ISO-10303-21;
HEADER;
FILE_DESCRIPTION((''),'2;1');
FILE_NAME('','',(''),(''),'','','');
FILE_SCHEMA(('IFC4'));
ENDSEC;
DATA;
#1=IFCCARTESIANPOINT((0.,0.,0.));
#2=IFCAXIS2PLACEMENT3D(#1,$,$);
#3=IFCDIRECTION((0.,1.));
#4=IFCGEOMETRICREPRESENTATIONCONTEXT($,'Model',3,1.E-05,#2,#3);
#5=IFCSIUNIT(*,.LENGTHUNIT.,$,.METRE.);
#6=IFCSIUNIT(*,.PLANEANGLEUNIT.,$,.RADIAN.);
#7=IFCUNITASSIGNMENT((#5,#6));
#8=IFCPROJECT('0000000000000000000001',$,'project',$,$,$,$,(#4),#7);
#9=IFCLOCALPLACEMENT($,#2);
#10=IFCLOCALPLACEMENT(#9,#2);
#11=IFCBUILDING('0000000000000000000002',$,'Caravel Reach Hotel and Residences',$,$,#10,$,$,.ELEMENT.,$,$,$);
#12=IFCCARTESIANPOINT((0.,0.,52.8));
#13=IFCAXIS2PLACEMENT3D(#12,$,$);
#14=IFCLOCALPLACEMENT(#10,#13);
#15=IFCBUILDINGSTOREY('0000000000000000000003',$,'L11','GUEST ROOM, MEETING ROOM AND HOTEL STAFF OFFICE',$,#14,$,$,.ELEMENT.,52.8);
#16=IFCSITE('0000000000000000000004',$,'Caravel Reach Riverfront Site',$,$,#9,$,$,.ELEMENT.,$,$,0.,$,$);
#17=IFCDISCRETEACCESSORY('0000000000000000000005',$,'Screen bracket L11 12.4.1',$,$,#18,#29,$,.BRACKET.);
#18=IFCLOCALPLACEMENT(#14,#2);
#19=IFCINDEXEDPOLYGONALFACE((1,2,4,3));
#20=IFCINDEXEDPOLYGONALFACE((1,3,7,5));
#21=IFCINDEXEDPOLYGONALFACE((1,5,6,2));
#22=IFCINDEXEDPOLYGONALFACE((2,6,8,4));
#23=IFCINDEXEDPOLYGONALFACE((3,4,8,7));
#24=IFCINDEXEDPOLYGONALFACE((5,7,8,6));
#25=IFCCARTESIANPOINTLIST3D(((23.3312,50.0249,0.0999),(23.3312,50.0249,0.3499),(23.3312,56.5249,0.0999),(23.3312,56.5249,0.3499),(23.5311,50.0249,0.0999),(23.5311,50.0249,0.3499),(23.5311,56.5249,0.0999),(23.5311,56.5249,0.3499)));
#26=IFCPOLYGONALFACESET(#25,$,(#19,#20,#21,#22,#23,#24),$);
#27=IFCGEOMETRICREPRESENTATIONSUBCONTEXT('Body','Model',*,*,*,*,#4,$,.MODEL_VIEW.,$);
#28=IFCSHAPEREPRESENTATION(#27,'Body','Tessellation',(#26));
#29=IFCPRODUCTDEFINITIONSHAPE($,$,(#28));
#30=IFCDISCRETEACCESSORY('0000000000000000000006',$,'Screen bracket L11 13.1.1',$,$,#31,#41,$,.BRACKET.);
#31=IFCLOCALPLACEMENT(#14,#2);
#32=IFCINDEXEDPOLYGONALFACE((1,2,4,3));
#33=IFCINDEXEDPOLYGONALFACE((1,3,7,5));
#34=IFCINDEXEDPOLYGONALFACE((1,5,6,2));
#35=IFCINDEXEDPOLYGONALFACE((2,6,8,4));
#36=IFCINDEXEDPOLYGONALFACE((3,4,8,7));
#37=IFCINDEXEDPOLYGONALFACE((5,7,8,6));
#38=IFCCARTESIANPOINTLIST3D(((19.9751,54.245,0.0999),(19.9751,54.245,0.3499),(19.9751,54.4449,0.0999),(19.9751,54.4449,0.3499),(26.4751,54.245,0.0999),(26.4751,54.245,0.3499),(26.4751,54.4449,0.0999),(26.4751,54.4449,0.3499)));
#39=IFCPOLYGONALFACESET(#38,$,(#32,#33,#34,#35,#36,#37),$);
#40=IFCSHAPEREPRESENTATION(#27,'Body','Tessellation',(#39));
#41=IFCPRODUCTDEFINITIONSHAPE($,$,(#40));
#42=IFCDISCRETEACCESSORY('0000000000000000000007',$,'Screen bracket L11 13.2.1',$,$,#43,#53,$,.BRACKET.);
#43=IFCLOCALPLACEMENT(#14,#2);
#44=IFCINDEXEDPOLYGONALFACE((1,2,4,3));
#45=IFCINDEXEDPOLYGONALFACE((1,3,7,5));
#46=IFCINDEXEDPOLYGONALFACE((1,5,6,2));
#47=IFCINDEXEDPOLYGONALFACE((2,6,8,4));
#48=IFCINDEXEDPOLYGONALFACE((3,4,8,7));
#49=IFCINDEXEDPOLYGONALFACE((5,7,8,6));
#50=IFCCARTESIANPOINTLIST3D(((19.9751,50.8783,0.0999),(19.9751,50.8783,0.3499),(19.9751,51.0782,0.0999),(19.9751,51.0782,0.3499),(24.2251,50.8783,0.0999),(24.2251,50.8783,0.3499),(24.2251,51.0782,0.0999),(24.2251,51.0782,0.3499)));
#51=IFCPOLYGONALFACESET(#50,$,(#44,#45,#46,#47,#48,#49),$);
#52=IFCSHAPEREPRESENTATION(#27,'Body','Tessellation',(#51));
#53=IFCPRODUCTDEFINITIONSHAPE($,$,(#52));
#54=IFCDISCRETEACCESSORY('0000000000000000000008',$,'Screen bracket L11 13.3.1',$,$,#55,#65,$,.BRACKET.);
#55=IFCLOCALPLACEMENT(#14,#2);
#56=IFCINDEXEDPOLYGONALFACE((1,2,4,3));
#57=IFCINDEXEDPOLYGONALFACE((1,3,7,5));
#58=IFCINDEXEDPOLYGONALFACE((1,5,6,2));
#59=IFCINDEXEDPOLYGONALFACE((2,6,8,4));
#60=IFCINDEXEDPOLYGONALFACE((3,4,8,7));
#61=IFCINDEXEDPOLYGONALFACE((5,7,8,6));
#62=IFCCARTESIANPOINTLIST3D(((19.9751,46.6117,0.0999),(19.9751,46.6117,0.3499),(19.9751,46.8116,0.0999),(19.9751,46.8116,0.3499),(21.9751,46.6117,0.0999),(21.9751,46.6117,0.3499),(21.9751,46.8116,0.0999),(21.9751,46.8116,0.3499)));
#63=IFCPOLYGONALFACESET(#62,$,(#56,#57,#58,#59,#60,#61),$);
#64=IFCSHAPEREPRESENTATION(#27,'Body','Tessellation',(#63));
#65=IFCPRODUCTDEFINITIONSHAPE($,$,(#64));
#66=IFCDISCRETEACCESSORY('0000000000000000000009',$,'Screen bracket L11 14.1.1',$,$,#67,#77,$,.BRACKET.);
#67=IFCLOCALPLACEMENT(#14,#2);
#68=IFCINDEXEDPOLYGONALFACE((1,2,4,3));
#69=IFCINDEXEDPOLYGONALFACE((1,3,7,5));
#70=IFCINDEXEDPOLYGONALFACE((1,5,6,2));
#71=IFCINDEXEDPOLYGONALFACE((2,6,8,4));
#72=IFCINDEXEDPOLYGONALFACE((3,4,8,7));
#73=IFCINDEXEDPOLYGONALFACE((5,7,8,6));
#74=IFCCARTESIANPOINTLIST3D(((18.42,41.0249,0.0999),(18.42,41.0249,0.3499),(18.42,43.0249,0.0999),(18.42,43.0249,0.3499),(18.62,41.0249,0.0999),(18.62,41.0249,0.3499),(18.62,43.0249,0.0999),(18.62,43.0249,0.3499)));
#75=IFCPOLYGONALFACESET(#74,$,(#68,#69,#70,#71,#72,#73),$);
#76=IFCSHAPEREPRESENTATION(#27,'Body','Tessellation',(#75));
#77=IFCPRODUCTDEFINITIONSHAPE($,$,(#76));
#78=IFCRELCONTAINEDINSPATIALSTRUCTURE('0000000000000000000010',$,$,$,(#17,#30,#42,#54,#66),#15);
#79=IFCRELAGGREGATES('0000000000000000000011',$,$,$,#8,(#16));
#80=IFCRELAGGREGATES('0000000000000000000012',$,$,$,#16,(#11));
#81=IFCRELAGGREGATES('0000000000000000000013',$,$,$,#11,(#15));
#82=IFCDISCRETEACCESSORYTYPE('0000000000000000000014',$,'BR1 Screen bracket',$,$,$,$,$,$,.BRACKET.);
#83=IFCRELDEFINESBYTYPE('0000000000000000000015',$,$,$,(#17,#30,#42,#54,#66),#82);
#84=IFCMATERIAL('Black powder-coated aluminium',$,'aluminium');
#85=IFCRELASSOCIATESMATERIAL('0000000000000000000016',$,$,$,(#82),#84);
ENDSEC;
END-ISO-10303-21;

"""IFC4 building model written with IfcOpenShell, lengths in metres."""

from ifc_helpers import new_model, si_unit, direction, frame, origin, origin_2d, place, context, subcontext, project, spatial, rectangle, extrude, material, type_object, element, save


model = new_model("IFC4")

# Units and contexts
model_context = context("Model", 3, precision=1e-05, world=origin(), true_north=direction((0.0, 1.0)))
body_context = subcontext(model_context, "Body", "Model", "MODEL_VIEW")
ifc_project = project(units=[si_unit("LENGTHUNIT", "METRE"), si_unit("PLANEANGLEUNIT", "RADIAN")], contexts=[model_context])

# Site, building, storey
site_placement = place(None, origin())
site = spatial("IfcSite", under=ifc_project, at=site_placement, Name="Caravel Reach Riverfront Site", CompositionType="ELEMENT", RefElevation=0.0)
building_placement = place(site_placement, origin())
building = spatial("IfcBuilding", under=site, at=building_placement, Name="Caravel Reach Hotel and Residences", CompositionType="ELEMENT")
storey_placement = place(building_placement, frame((0.0, 0.0, 52.8)))
storey = spatial("IfcBuildingStorey", under=building, at=storey_placement, Name="L11", Description="GUEST ROOM, MEETING ROOM AND HOTEL STAFF OFFICE", CompositionType="ELEMENT", Elevation=52.8)

# Discrete accessories
ifc_material_1 = material(Name="Black powder-coated aluminium", Category="aluminium")
discrete_accessory_type = type_object("IfcDiscreteAccessoryType", Name="BR1 Screen bracket", PredefinedType="BRACKET", material=ifc_material_1)
for number, where, z_axis, x_axis, name in (
    (1, (23.4312, 53.2749, 0.0999), (0.0, 0.0, 1.0), (0.0, 1.0, 0.0), "Screen bracket L11 12.4.1"),
    (2, (23.2251, 54.345, 0.0999), (0.0, 0.0, 1.0), (-1.0, 0.0, 0.0), "Screen bracket L11 13.1.1"),
):
    element("IfcDiscreteAccessory", number, at=place(storey_placement, frame(where, z_axis=z_axis, x_axis=x_axis)), inside=storey, type_object=discrete_accessory_type, Name=name, PredefinedType="BRACKET", context=body_context, shape_type="SweptSolid", body=[
        extrude(rectangle(XDim=6.5, YDim=0.2, at=origin_2d()), origin(), (0.0, 0.0, 1.0), 0.25),
    ])
discrete_accessory_1_placement = place(storey_placement, frame((22.1001, 50.9783, 0.0999), z_axis=(0.0, 0.0, 1.0), x_axis=(-1.0, 0.0, 0.0)))
element("IfcDiscreteAccessory", 3, at=discrete_accessory_1_placement, inside=storey, type_object=discrete_accessory_type, Name="Screen bracket L11 13.2.1", PredefinedType="BRACKET", context=body_context, shape_type="SweptSolid", body=[
    extrude(rectangle(XDim=4.25, YDim=0.2, at=origin_2d()), origin(), (0.0, 0.0, 1.0), 0.25),
])
for number, where, z_axis, x_axis, name in (
    (4, (20.9751, 46.7117, 0.0999), (0.0, 0.0, 1.0), (-1.0, 0.0, 0.0), "Screen bracket L11 13.3.1"),
    (5, (18.52, 42.0249, 0.0999), (0.0, 0.0, 1.0), (0.0, 1.0, 0.0), "Screen bracket L11 14.1.1"),
):
    element("IfcDiscreteAccessory", number, at=place(storey_placement, frame(where, z_axis=z_axis, x_axis=x_axis)), inside=storey, type_object=discrete_accessory_type, Name=name, PredefinedType="BRACKET", context=body_context, shape_type="SweptSolid", body=[
        extrude(rectangle(XDim=2.0, YDim=0.2, at=origin_2d()), origin(), (0.0, 0.0, 1.0), 0.25),
    ])

save(model, "model.ifc")
